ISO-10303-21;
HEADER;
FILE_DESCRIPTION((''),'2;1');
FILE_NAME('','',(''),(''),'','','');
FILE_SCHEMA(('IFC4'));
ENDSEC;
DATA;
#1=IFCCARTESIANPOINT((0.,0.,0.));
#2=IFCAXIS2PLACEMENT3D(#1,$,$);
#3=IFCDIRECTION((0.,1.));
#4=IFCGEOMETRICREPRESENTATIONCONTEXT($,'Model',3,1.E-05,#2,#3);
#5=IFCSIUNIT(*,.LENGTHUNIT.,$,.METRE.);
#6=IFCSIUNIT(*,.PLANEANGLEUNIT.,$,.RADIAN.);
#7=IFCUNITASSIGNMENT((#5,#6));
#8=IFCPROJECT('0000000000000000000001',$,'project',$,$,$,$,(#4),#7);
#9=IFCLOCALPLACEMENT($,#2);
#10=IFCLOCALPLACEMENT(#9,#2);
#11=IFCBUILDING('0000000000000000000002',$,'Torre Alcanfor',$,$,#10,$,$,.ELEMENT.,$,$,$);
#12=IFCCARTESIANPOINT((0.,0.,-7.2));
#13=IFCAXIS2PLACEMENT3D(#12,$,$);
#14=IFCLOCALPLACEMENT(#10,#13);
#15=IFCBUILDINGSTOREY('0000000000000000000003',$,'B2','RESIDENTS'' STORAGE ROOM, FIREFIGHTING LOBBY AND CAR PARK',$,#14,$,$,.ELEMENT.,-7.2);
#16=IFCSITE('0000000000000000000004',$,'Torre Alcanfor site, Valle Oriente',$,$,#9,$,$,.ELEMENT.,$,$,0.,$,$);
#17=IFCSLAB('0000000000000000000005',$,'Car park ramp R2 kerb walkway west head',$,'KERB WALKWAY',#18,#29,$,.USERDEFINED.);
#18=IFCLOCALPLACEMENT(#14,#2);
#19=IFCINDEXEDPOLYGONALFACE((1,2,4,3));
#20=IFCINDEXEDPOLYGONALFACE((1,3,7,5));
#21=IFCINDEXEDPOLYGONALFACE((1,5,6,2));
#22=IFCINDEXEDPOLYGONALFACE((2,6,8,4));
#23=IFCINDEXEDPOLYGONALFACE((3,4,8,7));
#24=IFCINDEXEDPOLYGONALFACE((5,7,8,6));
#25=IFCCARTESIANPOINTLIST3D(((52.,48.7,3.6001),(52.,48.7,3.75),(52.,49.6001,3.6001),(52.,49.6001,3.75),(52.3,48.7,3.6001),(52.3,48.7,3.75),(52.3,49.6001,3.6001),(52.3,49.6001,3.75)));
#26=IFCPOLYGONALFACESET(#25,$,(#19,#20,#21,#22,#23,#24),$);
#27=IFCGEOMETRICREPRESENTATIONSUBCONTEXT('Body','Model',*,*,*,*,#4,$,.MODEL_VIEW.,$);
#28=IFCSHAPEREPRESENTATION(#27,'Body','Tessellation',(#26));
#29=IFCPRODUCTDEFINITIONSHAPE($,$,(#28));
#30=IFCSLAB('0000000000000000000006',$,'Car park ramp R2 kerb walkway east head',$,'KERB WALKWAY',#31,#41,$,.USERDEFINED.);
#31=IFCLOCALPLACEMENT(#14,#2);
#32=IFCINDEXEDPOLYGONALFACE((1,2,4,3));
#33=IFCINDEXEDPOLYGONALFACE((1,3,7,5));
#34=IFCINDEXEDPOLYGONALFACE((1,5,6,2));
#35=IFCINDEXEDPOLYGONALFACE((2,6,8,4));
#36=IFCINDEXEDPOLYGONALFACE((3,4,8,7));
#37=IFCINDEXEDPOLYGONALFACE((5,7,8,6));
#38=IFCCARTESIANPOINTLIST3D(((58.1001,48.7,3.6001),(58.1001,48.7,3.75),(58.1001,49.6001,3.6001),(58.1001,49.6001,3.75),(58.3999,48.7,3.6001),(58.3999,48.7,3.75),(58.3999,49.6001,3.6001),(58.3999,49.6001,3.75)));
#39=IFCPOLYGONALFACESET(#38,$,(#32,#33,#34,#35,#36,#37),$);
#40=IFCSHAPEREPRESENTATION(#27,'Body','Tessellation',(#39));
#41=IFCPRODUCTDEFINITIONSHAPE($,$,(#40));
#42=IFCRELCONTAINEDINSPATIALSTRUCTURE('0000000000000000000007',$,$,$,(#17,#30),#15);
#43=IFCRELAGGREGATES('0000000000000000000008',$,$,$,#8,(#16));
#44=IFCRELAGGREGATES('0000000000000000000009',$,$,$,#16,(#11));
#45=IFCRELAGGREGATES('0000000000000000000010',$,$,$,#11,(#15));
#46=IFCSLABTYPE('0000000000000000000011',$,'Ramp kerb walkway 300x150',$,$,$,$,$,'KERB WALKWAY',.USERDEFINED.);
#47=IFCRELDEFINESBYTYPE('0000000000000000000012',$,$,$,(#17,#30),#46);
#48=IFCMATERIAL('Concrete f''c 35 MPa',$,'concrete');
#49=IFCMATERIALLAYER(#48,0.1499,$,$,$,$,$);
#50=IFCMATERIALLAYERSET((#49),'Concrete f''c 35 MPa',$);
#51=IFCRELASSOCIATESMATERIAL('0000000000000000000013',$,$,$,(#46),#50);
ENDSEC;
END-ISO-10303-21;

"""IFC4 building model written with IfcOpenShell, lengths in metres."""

from ifc_helpers import new_model, si_unit, direction, frame, origin, place, context, subcontext, project, spatial, polyline, outline, extrude, material, layer, layer_set, type_object, element, save


model = new_model("IFC4")

# Units and contexts
model_context = context("Model", 3, precision=1e-05, world=origin(), true_north=direction((0.0, 1.0)))
body_context = subcontext(model_context, "Body", "Model", "MODEL_VIEW")
ifc_project = project(units=[si_unit("LENGTHUNIT", "METRE"), si_unit("PLANEANGLEUNIT", "RADIAN")], contexts=[model_context])

# Site, building, storey
site_placement = place(None, origin())
site = spatial("IfcSite", under=ifc_project, at=site_placement, Name="Torre Alcanfor site, Valle Oriente", CompositionType="ELEMENT", RefElevation=0.0)
building_placement = place(site_placement, origin())
building = spatial("IfcBuilding", under=site, at=building_placement, Name="Torre Alcanfor", CompositionType="ELEMENT")
storey_placement = place(building_placement, frame((0.0, 0.0, -7.2)))
storey = spatial("IfcBuildingStorey", under=building, at=storey_placement, Name="B2", Description="RESIDENTS' STORAGE ROOM, FIREFIGHTING LOBBY AND CAR PARK", CompositionType="ELEMENT", Elevation=-7.2)

# Slabs
ifc_material_1 = material(Name="Concrete f'c 35 MPa", Category="concrete")
ifc_layer_1 = layer(ifc_material_1, 0.1499)
ifc_layer_set_1 = layer_set([ifc_layer_1], Name="Concrete f'c 35 MPa")
slab_type = type_object("IfcSlabType", Name="Ramp kerb walkway 300x150", ElementType="KERB WALKWAY", PredefinedType="USERDEFINED", material=ifc_layer_set_1)
slab_1_placement = place(storey_placement, frame((52.0, 48.7, 3.75), z_axis=(0.0, 0.0, 1.0), x_axis=(1.0, 0.0, 0.0)))
element("IfcSlab", 1, at=slab_1_placement, inside=storey, type_object=slab_type, Name="Car park ramp R2 kerb walkway west head", ObjectType="KERB WALKWAY", PredefinedType="USERDEFINED", context=body_context, shape_type="SweptSolid", body=[
    extrude(outline(polyline([(0.0, 0.0), (0.3, 0.0), (0.3, 0.9001), (0.0, 0.9001), (0.0, 0.0)])), origin(), (0.0, 0.0, -1.0), 0.1499),
])
slab_2_placement = place(storey_placement, frame((58.1001, 48.7, 3.75), z_axis=(0.0, 0.0, 1.0), x_axis=(1.0, 0.0, 0.0)))
element("IfcSlab", 2, at=slab_2_placement, inside=storey, type_object=slab_type, Name="Car park ramp R2 kerb walkway east head", ObjectType="KERB WALKWAY", PredefinedType="USERDEFINED", context=body_context, shape_type="SweptSolid", body=[
    extrude(outline(polyline([(0.0, 0.0), (0.2998, 0.0), (0.2998, 0.9001), (0.0, 0.9001), (0.0, 0.0)])), origin(), (0.0, 0.0, -1.0), 0.1499),
])

save(model, "model.ifc")
